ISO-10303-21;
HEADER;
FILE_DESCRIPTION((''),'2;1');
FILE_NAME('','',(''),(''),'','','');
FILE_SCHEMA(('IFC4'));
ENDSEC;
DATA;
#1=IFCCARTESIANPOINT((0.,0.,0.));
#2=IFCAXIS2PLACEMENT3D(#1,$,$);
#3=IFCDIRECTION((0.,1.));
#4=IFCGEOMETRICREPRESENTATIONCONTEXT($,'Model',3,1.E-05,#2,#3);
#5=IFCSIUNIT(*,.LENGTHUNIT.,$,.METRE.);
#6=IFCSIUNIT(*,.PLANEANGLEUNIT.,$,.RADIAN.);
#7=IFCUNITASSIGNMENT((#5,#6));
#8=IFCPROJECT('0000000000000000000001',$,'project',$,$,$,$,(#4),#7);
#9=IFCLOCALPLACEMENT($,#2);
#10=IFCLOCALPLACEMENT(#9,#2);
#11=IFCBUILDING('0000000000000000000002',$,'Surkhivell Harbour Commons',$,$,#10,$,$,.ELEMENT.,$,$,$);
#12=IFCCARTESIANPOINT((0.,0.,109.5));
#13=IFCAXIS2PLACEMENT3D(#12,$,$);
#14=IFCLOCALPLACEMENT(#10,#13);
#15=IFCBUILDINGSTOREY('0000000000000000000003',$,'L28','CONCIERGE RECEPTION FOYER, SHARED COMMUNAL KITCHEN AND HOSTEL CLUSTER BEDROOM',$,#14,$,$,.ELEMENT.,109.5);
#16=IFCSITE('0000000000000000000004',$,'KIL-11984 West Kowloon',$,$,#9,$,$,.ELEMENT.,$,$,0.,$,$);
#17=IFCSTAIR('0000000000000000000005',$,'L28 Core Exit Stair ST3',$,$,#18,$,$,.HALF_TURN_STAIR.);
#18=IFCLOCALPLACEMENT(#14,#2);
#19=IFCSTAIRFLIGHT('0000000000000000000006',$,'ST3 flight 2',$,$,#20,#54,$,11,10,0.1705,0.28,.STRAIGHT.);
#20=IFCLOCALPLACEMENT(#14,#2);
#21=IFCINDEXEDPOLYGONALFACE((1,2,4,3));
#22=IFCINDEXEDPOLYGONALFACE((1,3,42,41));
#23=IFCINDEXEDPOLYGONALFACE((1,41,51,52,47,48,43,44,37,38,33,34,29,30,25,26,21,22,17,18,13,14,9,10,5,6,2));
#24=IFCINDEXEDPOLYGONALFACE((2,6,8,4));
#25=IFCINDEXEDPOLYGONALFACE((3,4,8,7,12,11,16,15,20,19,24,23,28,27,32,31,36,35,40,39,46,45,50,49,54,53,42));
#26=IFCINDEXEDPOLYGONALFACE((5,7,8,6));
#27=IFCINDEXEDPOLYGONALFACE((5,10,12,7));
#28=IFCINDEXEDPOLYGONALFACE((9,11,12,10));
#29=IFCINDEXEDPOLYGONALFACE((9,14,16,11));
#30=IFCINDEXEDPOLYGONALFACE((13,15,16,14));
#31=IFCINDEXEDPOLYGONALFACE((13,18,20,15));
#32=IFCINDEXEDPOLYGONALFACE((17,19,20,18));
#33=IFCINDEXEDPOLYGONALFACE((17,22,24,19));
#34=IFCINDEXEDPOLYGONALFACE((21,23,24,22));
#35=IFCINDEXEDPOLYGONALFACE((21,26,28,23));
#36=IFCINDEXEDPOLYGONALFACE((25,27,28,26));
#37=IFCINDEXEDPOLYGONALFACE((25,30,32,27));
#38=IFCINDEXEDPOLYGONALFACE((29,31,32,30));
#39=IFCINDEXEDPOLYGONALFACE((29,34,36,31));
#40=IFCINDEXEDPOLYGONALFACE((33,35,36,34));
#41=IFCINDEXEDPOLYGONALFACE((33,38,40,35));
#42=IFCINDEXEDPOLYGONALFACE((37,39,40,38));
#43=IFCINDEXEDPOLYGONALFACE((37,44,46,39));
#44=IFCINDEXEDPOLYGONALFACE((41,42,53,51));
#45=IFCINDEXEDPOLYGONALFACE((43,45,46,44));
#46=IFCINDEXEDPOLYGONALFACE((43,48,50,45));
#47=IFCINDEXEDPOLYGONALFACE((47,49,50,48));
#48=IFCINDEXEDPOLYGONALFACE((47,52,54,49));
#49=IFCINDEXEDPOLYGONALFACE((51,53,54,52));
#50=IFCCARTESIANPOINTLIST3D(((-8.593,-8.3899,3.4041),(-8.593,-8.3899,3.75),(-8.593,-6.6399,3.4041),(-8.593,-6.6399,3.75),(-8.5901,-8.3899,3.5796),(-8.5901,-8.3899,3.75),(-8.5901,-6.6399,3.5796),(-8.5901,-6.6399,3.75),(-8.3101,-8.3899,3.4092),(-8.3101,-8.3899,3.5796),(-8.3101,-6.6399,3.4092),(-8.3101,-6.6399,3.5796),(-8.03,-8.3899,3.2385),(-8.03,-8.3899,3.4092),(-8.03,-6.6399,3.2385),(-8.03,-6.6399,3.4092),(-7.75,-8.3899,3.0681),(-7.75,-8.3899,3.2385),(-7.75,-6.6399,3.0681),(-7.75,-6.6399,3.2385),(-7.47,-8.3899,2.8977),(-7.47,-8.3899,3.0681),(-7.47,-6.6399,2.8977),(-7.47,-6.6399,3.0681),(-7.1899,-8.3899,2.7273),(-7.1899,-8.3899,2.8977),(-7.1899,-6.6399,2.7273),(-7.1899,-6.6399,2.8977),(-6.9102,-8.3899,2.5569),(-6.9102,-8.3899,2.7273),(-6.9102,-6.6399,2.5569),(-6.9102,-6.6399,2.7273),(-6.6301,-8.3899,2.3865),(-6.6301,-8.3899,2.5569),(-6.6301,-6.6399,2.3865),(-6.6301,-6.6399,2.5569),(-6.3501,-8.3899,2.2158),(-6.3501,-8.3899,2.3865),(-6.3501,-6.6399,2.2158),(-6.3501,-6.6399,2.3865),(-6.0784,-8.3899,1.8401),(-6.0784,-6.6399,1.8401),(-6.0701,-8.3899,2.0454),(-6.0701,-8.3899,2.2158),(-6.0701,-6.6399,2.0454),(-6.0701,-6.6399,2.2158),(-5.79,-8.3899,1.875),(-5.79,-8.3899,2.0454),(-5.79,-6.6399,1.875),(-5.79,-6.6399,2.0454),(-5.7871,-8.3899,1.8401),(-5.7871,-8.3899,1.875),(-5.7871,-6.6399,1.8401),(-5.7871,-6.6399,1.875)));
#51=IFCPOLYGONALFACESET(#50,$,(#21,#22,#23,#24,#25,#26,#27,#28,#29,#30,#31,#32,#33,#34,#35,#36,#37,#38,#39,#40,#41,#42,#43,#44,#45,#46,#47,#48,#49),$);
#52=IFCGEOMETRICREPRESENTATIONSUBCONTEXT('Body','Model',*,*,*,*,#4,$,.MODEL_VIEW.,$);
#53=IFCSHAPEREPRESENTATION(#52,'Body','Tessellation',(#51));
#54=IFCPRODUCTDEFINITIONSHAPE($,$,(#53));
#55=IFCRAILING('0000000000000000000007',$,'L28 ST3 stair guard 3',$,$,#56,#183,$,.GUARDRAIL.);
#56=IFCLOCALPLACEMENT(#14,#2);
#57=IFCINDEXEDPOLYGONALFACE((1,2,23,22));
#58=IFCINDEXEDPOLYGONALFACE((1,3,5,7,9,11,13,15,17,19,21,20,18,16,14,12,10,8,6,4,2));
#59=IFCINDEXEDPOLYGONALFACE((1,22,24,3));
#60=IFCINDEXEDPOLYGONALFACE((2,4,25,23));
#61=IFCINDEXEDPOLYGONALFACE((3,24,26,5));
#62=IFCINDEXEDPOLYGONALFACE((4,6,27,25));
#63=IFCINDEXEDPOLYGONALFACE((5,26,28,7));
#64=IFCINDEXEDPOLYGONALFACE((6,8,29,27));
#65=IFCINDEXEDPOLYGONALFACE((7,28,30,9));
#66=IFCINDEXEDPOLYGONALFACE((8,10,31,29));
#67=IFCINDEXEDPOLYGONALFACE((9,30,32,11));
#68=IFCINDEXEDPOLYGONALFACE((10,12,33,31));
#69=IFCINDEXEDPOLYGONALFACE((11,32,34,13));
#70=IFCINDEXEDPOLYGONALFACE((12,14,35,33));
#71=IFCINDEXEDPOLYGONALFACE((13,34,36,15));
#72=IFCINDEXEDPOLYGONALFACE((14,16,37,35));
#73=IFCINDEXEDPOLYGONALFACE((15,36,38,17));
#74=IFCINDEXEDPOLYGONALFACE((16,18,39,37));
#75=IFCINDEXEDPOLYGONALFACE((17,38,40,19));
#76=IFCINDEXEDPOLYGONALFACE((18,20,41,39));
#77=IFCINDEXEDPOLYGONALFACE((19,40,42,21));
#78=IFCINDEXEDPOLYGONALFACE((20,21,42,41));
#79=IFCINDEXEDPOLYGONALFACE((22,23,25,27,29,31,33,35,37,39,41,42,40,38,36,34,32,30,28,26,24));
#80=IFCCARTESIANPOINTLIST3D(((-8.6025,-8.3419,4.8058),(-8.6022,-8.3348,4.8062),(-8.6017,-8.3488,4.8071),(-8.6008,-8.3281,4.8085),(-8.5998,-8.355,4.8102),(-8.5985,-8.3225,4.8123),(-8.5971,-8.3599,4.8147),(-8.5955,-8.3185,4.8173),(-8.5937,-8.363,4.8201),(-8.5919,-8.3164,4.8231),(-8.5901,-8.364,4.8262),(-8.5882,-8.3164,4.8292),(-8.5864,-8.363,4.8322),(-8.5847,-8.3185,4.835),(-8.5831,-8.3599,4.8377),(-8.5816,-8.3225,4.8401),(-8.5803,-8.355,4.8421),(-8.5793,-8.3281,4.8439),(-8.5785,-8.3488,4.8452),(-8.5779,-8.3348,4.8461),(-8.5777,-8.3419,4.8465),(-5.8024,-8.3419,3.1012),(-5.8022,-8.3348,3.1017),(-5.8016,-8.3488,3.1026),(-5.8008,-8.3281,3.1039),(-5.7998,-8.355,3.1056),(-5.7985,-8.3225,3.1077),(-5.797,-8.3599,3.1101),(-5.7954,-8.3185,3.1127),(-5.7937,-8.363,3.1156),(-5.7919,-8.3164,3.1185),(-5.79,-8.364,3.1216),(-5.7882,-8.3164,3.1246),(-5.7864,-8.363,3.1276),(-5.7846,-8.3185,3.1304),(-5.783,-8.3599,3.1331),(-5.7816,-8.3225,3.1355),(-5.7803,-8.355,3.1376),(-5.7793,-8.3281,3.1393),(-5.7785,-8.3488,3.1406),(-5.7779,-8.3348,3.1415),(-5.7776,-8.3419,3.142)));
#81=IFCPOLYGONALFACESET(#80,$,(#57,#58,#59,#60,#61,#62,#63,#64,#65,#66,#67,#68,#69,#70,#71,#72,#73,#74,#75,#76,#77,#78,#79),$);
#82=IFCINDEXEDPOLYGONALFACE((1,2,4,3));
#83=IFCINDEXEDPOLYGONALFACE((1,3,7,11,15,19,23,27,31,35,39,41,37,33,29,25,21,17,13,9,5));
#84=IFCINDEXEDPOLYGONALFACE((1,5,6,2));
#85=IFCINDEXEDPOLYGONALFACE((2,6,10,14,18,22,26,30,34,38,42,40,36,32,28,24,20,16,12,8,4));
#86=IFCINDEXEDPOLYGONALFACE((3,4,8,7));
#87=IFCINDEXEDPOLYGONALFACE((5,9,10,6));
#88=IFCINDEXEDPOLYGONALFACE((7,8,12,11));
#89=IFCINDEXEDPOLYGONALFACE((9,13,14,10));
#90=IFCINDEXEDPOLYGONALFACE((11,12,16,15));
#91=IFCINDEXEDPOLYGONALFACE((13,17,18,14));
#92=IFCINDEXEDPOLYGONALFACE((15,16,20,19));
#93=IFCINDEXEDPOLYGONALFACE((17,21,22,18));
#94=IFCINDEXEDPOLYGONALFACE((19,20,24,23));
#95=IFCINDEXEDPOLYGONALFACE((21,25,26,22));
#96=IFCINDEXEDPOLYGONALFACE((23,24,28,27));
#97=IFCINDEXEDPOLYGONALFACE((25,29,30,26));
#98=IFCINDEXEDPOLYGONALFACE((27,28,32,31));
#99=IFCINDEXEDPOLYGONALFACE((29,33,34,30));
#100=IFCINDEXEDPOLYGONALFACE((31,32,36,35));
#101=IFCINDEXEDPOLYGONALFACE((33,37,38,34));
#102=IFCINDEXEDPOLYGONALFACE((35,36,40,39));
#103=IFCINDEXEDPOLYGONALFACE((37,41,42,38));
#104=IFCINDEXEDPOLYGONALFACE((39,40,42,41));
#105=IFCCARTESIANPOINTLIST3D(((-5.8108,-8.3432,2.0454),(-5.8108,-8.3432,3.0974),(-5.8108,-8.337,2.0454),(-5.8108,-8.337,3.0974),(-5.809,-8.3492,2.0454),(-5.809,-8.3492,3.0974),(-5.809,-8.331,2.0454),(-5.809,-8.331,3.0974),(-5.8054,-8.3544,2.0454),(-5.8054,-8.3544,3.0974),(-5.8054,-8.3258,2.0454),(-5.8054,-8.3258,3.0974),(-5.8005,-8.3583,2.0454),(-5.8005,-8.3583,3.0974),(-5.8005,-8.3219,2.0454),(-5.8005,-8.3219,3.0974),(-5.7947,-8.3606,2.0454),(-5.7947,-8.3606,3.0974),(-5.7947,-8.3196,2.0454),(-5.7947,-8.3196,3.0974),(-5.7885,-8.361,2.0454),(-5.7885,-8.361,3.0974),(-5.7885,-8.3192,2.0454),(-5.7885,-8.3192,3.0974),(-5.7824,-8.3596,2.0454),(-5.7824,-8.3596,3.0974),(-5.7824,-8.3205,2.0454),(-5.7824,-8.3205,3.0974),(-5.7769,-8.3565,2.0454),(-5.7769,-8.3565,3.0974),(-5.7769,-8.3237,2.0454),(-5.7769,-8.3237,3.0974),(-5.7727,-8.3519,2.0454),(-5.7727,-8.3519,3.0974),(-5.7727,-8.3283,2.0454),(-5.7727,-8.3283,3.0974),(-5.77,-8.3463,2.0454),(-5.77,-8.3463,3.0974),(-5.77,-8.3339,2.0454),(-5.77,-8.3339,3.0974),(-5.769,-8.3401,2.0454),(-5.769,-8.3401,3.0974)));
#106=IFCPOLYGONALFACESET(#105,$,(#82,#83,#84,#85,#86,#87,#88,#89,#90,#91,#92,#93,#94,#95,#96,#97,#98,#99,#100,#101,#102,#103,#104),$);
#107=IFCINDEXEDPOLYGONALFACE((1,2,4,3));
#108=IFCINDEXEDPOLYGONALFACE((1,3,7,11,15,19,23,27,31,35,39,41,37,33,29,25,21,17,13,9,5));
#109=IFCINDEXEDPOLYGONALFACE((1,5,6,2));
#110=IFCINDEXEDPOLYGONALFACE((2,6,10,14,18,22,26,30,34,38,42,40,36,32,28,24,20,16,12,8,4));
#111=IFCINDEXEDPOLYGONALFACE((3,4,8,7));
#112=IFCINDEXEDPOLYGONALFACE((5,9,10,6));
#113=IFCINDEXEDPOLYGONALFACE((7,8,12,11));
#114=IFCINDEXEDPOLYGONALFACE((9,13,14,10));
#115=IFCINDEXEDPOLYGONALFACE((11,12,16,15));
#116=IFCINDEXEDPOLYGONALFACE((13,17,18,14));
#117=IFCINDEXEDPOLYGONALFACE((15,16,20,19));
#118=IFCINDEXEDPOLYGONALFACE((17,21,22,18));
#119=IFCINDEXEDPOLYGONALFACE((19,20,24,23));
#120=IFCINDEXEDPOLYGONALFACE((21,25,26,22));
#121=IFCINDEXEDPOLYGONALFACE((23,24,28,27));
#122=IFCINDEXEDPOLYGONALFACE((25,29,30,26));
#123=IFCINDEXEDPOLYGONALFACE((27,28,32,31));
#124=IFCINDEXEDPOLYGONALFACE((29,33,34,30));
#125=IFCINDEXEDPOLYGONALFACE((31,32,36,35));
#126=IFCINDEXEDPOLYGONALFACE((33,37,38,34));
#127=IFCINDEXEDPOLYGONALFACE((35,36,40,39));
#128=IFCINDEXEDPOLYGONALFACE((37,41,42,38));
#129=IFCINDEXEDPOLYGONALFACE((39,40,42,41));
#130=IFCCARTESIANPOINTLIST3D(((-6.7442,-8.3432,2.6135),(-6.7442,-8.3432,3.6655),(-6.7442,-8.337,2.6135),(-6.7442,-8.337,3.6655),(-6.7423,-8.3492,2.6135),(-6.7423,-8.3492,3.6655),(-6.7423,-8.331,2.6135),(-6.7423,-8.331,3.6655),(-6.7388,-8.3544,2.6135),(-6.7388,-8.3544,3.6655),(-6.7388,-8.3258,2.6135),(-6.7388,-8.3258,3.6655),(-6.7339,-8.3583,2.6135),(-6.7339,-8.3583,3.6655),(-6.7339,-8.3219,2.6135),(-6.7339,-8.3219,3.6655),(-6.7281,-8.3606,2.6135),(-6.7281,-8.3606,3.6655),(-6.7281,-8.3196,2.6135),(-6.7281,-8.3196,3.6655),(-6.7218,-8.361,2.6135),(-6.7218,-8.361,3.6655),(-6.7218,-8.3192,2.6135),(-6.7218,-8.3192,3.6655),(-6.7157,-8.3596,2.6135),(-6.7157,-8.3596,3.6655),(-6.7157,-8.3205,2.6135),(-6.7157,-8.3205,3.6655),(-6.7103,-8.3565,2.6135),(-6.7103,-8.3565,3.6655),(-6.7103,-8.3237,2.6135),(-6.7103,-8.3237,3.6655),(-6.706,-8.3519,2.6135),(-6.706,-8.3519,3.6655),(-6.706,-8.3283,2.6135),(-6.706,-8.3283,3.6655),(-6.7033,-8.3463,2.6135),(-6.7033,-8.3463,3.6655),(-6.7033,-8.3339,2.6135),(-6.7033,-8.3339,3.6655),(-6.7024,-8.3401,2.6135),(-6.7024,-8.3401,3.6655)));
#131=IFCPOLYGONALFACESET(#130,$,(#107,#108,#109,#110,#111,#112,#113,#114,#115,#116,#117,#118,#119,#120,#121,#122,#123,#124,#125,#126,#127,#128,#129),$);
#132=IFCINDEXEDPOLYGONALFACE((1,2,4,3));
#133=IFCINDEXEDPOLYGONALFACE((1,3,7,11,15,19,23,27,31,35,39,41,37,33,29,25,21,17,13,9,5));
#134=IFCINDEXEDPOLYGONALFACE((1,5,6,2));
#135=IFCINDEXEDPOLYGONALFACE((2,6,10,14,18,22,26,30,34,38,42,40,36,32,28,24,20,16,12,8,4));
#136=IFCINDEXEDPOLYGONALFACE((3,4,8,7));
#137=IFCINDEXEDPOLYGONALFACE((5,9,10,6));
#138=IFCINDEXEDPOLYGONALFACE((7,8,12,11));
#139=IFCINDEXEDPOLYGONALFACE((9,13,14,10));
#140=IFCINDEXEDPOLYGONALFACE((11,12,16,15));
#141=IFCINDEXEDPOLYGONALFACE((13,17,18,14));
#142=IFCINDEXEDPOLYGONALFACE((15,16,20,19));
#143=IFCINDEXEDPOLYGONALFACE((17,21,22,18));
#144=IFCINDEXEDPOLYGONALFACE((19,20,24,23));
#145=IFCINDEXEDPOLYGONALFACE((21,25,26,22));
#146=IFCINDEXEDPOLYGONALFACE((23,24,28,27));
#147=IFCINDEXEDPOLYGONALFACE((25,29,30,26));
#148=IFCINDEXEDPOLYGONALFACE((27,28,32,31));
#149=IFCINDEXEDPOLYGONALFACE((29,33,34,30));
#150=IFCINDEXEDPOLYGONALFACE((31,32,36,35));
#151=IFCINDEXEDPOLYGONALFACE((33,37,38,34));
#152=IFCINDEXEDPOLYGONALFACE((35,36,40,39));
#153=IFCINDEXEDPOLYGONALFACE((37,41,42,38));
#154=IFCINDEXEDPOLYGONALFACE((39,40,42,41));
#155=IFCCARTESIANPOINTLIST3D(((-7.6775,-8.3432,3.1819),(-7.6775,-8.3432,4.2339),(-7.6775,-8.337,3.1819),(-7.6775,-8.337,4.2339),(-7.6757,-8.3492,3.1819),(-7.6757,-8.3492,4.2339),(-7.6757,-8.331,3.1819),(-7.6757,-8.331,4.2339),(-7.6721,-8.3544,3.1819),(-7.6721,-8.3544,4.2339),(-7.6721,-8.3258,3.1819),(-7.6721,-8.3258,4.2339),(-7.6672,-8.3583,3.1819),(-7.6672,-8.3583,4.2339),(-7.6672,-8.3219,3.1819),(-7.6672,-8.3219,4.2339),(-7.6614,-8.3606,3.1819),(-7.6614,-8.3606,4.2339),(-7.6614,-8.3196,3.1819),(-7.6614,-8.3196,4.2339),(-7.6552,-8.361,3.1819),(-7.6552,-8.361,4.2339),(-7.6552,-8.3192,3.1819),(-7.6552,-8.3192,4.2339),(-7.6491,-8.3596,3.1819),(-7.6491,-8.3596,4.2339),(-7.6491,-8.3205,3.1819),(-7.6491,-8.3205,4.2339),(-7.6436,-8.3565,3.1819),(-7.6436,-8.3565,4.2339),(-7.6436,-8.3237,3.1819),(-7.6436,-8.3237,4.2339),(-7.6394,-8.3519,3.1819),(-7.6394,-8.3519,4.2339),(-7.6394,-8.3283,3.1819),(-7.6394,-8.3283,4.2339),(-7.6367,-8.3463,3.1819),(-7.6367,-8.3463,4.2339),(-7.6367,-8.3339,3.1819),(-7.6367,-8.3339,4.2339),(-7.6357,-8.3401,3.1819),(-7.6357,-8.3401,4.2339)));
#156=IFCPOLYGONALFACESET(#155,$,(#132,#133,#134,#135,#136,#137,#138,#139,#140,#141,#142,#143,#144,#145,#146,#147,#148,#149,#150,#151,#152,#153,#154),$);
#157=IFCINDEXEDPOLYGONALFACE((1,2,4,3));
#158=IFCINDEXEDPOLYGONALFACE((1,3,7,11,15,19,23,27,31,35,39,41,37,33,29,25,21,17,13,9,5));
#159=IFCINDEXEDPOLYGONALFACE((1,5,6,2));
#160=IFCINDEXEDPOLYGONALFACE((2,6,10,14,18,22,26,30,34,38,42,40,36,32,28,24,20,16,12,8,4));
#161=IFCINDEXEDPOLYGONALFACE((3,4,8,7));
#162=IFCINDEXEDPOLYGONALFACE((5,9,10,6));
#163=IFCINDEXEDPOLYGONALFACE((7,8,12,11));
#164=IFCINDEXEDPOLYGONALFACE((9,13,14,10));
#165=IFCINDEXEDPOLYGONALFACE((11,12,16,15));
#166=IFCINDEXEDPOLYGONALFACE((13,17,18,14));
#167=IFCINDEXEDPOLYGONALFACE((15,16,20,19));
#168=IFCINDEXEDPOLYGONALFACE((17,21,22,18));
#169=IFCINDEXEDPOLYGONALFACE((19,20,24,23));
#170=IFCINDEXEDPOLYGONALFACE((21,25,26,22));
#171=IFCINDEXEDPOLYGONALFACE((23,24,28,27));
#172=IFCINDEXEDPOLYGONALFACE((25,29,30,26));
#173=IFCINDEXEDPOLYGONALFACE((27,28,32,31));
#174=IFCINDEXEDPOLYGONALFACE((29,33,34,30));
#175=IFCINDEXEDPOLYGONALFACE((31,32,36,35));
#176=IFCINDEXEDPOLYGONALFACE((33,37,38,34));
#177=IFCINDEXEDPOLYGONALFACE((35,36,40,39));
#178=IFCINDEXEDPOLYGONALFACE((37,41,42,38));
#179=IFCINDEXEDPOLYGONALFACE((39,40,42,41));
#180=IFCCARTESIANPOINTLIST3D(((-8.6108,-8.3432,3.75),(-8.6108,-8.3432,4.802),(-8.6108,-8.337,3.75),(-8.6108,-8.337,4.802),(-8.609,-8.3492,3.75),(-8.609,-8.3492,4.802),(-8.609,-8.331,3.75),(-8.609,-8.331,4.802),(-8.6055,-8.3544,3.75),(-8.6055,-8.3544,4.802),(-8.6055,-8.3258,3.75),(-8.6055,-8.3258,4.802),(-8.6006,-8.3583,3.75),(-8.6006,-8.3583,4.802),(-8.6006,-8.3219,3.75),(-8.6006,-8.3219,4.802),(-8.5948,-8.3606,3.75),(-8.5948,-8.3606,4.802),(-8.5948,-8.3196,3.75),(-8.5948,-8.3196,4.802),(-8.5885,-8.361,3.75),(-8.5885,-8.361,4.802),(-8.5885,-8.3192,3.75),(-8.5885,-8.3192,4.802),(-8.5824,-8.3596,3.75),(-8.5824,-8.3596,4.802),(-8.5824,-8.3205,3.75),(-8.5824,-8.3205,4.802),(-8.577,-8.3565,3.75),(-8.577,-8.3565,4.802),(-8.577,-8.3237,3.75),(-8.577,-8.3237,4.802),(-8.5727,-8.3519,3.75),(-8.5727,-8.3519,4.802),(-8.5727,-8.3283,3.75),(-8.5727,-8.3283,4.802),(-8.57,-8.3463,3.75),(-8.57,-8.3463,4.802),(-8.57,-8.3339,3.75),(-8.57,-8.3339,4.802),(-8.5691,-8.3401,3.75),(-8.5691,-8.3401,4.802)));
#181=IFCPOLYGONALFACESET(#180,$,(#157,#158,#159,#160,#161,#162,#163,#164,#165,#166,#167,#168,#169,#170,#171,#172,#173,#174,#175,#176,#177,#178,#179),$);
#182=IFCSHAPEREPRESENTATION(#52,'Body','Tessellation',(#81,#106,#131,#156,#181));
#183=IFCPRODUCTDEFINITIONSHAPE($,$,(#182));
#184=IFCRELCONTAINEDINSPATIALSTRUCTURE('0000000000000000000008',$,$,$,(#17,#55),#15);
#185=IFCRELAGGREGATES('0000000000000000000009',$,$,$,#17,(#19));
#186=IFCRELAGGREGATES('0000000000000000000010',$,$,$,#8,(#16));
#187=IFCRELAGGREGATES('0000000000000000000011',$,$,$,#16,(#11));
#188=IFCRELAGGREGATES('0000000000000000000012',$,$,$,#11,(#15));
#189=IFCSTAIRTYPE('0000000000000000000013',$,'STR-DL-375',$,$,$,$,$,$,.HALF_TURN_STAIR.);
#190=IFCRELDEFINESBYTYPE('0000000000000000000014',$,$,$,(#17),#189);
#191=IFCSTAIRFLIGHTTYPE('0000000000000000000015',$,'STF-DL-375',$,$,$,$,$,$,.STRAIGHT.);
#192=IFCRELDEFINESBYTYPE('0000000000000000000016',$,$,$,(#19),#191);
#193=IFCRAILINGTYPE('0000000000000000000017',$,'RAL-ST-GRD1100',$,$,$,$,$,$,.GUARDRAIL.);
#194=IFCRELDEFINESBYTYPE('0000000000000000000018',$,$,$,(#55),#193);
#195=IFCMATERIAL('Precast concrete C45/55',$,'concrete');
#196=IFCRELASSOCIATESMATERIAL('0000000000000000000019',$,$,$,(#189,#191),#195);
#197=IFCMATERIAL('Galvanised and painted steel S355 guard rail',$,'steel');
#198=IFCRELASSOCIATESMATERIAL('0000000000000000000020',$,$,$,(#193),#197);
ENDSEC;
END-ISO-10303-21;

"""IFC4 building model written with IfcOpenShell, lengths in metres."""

from ifc_helpers import new_model, si_unit, direction, frame, origin, origin_2d, place, context, subcontext, project, spatial, polyline, circle, outline, extrude, material, type_object, element, aggregate, save


model = new_model("IFC4")

# Units and contexts
model_context = context("Model", 3, precision=1e-05, world=origin(), true_north=direction((0.0, 1.0)))
body_context = subcontext(model_context, "Body", "Model", "MODEL_VIEW")
ifc_project = project(units=[si_unit("LENGTHUNIT", "METRE"), si_unit("PLANEANGLEUNIT", "RADIAN")], contexts=[model_context])

# Site, building, storey
site_placement = place(None, origin())
site = spatial("IfcSite", under=ifc_project, at=site_placement, Name="KIL-11984 West Kowloon", CompositionType="ELEMENT", RefElevation=0.0)
building_placement = place(site_placement, origin())
building = spatial("IfcBuilding", under=site, at=building_placement, Name="Surkhivell Harbour Commons", CompositionType="ELEMENT")
storey_placement = place(building_placement, frame((0.0, 0.0, 109.5)))
storey = spatial("IfcBuildingStorey", under=building, at=storey_placement, Name="L28", Description="CONCIERGE RECEPTION FOYER, SHARED COMMUNAL KITCHEN AND HOSTEL CLUSTER BEDROOM", CompositionType="ELEMENT", Elevation=109.5)

# Stair, stair flight
ifc_material_1 = material(Name="Precast concrete C45/55", Category="concrete")
stair_type = type_object("IfcStairType", Name="STR-DL-375", PredefinedType="HALF_TURN_STAIR", material=ifc_material_1)
stair_placement = place(storey_placement, origin())
stair = element("IfcStair", 1, at=stair_placement, inside=storey, type_object=stair_type, Name="L28 Core Exit Stair ST3", PredefinedType="HALF_TURN_STAIR")
stair_flight_type = type_object("IfcStairFlightType", Name="STF-DL-375", PredefinedType="STRAIGHT", material=ifc_material_1)
stair_flight_placement = place(storey_placement, frame((-5.79, -7.5149, 1.875), z_axis=(0.0, 0.0, 1.0), x_axis=(-1.0, 0.0, 0.0)))
stair_flight = element("IfcStairFlight", 2, at=stair_flight_placement, type_object=stair_flight_type, Name="ST3 flight 2", NumberOfRisers=11, NumberOfTreads=10, PredefinedType="STRAIGHT", RiserHeight=0.1705, TreadLength=0.28, context=body_context, shape_type="SweptSolid", body=[
    extrude(outline(polyline([(-0.0029, -0.0349), (-0.0029, 0.0), (0.0, 0.0), (0.0, 0.1704), (0.28, 0.1704), (0.28, 0.3408), (0.5601, 0.3408), (0.5601, 0.5115), (0.8401, 0.5115), (0.8401, 0.6819), (1.1201, 0.6819), (1.1201, 0.8523), (1.3999, 0.8523), (1.3999, 1.0227), (1.6799, 1.0227), (1.6799, 1.1931), (1.96, 1.1931), (1.96, 1.3635), (2.24, 1.3635), (2.24, 1.5342), (2.52, 1.5342), (2.52, 1.7046), (2.8, 1.7046), (2.8, 1.875), (2.803, 1.875), (2.803, 1.5291), (0.2883, -0.0349), (-0.0029, -0.0349)])), frame((0.0, 0.875, 0.0), z_axis=(0.0, -1.0, 0.0), x_axis=(1.0, 0.0, 0.0)), (0.0, 0.0, 1.0), 1.75),
])
aggregate(stair, [stair_flight])

# Railing
ifc_material_2 = material(Name="Galvanised and painted steel S355 guard rail", Category="steel")
railing_type_1 = type_object("IfcRailingType", Name="RAL-ST-GRD1100", PredefinedType="GUARDRAIL", material=ifc_material_2)
railing_1_placement = place(storey_placement, frame((-5.79, -8.3401, 2.0454)))
element("IfcRailing", 3, at=railing_1_placement, inside=storey, type_object=railing_type_1, Name="L28 ST3 stair guard 3", PredefinedType="GUARDRAIL", context=body_context, shape_type="SweptSolid", body=[
    extrude(circle(Radius=0.0239, at=origin_2d()), frame((0.0, 0.0, 1.0762), z_axis=(-0.85417, 0.0, 0.519994), x_axis=(0.0, -1.0, 0.0)), (0.0, 0.0, 1.0), 3.2781),
    extrude(circle(Radius=0.021, at=origin_2d()), origin(), (0.0, 0.0, 1.0), 1.052),
    extrude(circle(Radius=0.021, at=origin_2d()), frame((-0.9333, 0.0, 0.5681)), (0.0, 0.0, 1.0), 1.052),
    extrude(circle(Radius=0.021, at=origin_2d()), frame((-1.8667, 0.0, 1.1365)), (0.0, 0.0, 1.0), 1.052),
    extrude(circle(Radius=0.021, at=origin_2d()), frame((-2.8, 0.0, 1.7046)), (0.0, 0.0, 1.0), 1.052),
])

save(model, "model.ifc")
